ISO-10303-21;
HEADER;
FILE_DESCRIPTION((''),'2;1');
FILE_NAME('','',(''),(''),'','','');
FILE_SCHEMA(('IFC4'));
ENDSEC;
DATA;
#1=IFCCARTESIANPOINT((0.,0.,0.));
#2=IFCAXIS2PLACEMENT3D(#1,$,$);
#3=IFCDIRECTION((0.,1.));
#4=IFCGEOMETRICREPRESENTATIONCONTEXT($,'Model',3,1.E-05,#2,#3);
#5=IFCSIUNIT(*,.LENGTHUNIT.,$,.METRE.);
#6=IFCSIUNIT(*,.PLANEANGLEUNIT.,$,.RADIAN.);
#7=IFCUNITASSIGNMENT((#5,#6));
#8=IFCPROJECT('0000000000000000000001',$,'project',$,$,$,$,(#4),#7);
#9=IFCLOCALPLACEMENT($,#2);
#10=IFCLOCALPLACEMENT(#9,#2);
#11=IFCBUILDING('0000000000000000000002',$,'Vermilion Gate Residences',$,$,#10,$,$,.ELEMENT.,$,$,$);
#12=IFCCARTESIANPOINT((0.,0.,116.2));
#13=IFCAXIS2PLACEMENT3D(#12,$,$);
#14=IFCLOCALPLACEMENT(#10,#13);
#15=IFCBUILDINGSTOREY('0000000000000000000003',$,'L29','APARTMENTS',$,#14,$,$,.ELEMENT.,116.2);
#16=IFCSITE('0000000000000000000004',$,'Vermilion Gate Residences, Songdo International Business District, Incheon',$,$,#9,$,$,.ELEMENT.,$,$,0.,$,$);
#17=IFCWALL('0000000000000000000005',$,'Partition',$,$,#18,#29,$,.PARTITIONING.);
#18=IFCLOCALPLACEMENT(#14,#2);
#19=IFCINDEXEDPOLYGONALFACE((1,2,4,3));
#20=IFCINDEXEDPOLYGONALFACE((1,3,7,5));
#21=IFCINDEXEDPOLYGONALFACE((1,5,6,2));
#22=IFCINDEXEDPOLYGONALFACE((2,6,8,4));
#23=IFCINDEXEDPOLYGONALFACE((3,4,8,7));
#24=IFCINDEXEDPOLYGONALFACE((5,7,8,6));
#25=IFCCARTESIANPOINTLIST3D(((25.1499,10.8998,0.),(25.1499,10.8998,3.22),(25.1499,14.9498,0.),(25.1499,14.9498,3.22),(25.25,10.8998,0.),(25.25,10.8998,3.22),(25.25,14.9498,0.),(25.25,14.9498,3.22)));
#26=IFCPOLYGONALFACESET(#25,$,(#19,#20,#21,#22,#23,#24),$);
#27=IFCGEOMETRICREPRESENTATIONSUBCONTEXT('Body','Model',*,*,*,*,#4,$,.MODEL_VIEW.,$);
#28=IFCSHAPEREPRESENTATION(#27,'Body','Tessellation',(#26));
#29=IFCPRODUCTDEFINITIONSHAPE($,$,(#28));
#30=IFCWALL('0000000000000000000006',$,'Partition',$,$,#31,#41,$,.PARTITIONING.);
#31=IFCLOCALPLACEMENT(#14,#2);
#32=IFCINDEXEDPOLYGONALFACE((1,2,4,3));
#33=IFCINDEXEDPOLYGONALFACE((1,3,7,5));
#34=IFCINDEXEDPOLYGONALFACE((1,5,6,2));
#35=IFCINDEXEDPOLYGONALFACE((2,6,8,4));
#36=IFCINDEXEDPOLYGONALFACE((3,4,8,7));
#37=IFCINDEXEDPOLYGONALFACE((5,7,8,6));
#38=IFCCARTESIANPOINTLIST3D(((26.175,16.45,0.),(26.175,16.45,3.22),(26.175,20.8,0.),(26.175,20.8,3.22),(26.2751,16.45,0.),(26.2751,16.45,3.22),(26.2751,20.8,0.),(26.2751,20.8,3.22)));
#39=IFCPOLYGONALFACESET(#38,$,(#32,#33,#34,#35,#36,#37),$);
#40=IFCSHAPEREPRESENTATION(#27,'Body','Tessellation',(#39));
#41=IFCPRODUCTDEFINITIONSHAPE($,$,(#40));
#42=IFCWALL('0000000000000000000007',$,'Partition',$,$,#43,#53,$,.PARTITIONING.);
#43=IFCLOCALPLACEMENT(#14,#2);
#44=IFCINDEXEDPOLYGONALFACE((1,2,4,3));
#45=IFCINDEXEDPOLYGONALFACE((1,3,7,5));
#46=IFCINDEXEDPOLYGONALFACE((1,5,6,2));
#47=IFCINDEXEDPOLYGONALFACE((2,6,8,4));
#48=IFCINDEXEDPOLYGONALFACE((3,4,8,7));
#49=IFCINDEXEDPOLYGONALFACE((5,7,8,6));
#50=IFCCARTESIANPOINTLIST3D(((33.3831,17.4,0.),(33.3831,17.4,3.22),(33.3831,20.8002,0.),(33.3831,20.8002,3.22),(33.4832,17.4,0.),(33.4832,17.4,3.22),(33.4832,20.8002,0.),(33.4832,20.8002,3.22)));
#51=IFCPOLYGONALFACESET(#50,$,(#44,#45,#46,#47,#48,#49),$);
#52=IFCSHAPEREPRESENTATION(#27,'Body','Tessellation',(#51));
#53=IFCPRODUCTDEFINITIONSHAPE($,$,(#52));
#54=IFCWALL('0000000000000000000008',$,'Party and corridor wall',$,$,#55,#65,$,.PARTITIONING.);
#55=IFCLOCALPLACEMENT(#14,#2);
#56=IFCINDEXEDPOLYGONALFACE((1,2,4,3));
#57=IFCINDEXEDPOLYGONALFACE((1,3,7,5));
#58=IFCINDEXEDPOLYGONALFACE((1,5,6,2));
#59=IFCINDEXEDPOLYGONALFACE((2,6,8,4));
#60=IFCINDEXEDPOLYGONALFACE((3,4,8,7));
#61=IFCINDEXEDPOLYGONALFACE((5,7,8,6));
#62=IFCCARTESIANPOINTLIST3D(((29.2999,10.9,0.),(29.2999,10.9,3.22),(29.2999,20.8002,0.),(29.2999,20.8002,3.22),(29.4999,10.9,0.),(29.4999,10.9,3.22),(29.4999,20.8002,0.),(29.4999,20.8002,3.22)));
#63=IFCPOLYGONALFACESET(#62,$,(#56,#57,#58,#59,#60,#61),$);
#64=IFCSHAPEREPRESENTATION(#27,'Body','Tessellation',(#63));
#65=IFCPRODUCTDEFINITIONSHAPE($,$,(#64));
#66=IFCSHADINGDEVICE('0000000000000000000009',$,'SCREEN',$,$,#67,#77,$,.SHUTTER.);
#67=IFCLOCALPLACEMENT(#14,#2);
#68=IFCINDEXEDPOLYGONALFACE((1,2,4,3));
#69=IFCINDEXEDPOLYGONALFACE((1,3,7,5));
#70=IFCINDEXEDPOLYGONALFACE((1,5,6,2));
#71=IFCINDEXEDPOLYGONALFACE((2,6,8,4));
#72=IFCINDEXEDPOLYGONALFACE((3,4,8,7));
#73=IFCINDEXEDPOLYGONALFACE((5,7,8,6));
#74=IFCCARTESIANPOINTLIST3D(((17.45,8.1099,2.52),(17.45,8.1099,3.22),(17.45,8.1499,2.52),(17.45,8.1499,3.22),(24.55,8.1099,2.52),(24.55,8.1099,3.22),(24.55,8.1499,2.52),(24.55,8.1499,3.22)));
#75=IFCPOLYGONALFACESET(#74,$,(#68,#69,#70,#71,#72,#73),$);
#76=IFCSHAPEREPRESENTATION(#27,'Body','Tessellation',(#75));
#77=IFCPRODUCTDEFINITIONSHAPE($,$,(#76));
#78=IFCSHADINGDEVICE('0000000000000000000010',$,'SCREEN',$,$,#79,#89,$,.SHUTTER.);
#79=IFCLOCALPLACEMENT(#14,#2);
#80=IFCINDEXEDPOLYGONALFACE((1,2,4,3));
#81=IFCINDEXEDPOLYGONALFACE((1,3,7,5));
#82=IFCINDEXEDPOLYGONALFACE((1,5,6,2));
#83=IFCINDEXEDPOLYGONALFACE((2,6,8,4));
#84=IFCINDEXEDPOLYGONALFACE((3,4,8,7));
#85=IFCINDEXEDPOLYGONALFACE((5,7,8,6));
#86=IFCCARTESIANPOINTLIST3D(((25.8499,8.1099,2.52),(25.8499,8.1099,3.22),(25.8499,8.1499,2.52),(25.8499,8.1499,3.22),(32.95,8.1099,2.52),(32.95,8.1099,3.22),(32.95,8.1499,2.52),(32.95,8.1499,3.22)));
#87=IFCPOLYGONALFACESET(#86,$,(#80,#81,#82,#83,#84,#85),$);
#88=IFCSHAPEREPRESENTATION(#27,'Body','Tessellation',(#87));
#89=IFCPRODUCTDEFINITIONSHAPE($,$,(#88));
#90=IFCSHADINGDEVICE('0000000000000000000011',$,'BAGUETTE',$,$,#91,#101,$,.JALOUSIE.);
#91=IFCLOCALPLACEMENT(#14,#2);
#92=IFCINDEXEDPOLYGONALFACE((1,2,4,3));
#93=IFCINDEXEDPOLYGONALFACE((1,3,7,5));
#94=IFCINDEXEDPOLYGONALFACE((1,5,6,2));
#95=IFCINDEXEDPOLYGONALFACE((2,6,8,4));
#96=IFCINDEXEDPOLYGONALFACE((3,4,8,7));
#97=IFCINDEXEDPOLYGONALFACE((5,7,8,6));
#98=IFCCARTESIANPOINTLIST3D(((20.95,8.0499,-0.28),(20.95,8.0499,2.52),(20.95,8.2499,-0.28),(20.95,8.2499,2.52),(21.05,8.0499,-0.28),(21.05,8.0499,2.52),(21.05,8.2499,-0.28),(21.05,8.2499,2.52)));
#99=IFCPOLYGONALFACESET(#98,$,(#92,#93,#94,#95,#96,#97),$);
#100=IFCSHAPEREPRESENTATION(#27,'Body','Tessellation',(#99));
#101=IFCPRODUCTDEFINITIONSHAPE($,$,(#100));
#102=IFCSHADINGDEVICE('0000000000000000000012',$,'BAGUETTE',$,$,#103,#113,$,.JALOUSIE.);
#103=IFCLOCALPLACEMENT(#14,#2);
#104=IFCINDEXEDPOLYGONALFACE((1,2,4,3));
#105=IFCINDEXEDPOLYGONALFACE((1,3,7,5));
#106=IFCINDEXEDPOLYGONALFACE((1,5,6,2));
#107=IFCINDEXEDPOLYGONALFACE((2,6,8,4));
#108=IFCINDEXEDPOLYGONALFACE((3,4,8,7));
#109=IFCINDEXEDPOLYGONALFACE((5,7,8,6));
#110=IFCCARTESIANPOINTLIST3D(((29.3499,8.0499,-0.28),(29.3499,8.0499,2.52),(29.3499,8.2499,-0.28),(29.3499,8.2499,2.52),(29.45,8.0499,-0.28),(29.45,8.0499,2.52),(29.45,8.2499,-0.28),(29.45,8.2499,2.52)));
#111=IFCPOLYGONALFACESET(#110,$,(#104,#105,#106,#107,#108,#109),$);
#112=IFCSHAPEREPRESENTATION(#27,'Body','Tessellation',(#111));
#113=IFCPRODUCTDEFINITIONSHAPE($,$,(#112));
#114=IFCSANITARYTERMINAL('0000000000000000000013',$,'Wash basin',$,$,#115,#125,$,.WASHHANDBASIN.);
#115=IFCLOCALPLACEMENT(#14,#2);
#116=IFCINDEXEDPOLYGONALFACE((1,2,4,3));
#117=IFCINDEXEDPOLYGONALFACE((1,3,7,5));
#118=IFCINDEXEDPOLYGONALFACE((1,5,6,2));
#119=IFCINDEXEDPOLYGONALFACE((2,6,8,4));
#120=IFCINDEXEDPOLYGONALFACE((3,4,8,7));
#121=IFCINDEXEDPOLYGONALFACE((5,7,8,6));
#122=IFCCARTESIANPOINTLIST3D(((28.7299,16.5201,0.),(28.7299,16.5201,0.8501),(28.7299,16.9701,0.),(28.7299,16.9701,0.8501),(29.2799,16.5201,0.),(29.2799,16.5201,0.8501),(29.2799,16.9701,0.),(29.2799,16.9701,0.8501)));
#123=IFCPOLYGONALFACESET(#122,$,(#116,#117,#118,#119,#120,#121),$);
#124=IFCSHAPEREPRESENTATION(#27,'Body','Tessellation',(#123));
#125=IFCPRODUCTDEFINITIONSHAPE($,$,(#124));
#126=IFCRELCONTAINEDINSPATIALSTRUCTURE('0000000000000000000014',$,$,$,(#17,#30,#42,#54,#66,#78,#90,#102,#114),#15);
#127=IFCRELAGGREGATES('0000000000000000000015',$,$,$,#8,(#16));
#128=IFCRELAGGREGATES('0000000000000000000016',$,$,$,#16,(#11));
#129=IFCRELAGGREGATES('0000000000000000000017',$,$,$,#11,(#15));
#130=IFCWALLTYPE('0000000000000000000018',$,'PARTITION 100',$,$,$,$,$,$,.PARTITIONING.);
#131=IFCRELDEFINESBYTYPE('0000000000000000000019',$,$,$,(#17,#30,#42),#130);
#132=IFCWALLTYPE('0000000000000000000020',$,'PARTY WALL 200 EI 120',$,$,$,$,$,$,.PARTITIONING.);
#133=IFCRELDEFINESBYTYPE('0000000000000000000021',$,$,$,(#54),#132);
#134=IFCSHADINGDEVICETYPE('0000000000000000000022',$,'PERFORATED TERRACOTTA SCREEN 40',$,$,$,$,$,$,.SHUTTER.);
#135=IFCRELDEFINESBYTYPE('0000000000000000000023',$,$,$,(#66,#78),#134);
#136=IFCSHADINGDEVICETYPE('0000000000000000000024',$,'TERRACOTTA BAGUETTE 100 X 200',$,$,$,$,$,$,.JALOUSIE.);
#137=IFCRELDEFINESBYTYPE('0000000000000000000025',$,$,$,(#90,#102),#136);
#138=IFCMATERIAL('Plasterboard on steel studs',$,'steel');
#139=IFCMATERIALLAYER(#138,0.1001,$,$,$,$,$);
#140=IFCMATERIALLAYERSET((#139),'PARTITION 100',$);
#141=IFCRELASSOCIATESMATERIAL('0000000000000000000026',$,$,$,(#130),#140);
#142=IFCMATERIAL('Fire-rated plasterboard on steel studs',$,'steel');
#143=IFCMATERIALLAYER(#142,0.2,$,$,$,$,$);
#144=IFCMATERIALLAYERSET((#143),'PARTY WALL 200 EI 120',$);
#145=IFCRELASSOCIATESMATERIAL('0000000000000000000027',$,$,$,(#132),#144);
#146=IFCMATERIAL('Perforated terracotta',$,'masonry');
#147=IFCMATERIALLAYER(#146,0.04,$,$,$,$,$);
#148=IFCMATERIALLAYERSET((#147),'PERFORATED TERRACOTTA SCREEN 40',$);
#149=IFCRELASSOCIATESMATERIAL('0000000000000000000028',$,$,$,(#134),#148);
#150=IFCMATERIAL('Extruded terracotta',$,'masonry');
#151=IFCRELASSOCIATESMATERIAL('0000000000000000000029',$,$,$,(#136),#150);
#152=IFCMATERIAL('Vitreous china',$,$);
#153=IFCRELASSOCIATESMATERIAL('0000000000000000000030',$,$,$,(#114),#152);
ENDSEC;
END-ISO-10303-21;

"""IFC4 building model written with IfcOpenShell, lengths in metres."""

from ifc_helpers import new_model, si_unit, direction, frame, frame_2d, origin, origin_2d, place, context, subcontext, project, spatial, rectangle, extrude, material, layer, layer_set, material_profile, profile_set, type_object, element, save


model = new_model("IFC4")

# Units and contexts
model_context = context("Model", 3, precision=1e-05, world=origin(), true_north=direction((0.0, 1.0)))
body_context = subcontext(model_context, "Body", "Model", "MODEL_VIEW")
ifc_project = project(units=[si_unit("LENGTHUNIT", "METRE"), si_unit("PLANEANGLEUNIT", "RADIAN")], contexts=[model_context])

# Site, building, storey
site_placement = place(None, origin())
site = spatial("IfcSite", under=ifc_project, at=site_placement, Name="Vermilion Gate Residences, Songdo International Business District, Incheon", CompositionType="ELEMENT", RefElevation=0.0)
building_placement = place(site_placement, origin())
building = spatial("IfcBuilding", under=site, at=building_placement, Name="Vermilion Gate Residences", CompositionType="ELEMENT")
storey_placement = place(building_placement, frame((0.0, 0.0, 116.2)))
storey = spatial("IfcBuildingStorey", under=building, at=storey_placement, Name="L29", Description="APARTMENTS", CompositionType="ELEMENT", Elevation=116.2)

# Shared definitions
ifc_material_1 = material(Name="Plasterboard on steel studs", Category="steel")
ifc_layer_1 = layer(ifc_material_1, 0.1001)
ifc_layer_set_1 = layer_set([ifc_layer_1], Name="PARTITION 100")
wall_type_1 = type_object("IfcWallType", Name="PARTITION 100", PredefinedType="PARTITIONING", material=ifc_layer_set_1)

# Walls
wall_1_placement = place(storey_placement, frame((25.2, 10.8999, 0.0), z_axis=(0.0, 0.0, 1.0), x_axis=(0.0, 1.0, 0.0)))
element("IfcWall", 1, at=wall_1_placement, inside=storey, type_object=wall_type_1, Name="Partition", PredefinedType="PARTITIONING", context=body_context, shape_type="SweptSolid", body=[
    extrude(rectangle(XDim=4.05, YDim=0.1001, at=frame_2d((2.0249, 0.0))), origin(), (0.0, 0.0, 1.0), 3.22),
])
wall_2_placement = place(storey_placement, frame((26.2251, 16.45, 0.0), z_axis=(0.0, 0.0, 1.0), x_axis=(0.0, 1.0, 0.0)))
element("IfcWall", 2, at=wall_2_placement, inside=storey, type_object=wall_type_1, Name="Partition", PredefinedType="PARTITIONING", context=body_context, shape_type="SweptSolid", body=[
    extrude(rectangle(XDim=4.3501, YDim=0.1001, at=frame_2d((2.175, 0.0))), origin(), (0.0, 0.0, 1.0), 3.22),
])
wall_3_placement = place(storey_placement, frame((33.4331, 17.3999, 0.0), z_axis=(0.0, 0.0, 1.0), x_axis=(0.0, 1.0, 0.0)))
element("IfcWall", 3, at=wall_3_placement, inside=storey, type_object=wall_type_1, Name="Partition", PredefinedType="PARTITIONING", context=body_context, shape_type="SweptSolid", body=[
    extrude(rectangle(XDim=3.4001, YDim=0.1001, at=frame_2d((1.7002, 0.0))), origin(), (0.0, 0.0, 1.0), 3.22),
])
ifc_material_2 = material(Name="Fire-rated plasterboard on steel studs", Category="steel")
ifc_layer_2 = layer(ifc_material_2, 0.2)
ifc_layer_set_2 = layer_set([ifc_layer_2], Name="PARTY WALL 200 EI 120")
wall_type_2 = type_object("IfcWallType", Name="PARTY WALL 200 EI 120", PredefinedType="PARTITIONING", material=ifc_layer_set_2)
wall_4_placement = place(storey_placement, frame((29.3999, 10.8999, 0.0), z_axis=(0.0, 0.0, 1.0), x_axis=(0.0, 1.0, 0.0)))
element("IfcWall", 4, at=wall_4_placement, inside=storey, type_object=wall_type_2, Name="Party and corridor wall", PredefinedType="PARTITIONING", context=body_context, shape_type="SweptSolid", body=[
    extrude(rectangle(XDim=9.9001, YDim=0.2, at=frame_2d((4.9502, 0.0))), origin(), (0.0, 0.0, 1.0), 3.22),
])

# Shading devices
ifc_material_3 = material(Name="Perforated terracotta", Category="masonry")
ifc_layer_3 = layer(ifc_material_3, 0.04)
ifc_layer_set_3 = layer_set([ifc_layer_3], Name="PERFORATED TERRACOTTA SCREEN 40")
shading_device_type_1 = type_object("IfcShadingDeviceType", Name="PERFORATED TERRACOTTA SCREEN 40", PredefinedType="SHUTTER", material=ifc_layer_set_3)
for number, where, z_axis, x_axis, name in (
    (5, (21.0, 8.1299, 2.52), (0.0, 0.0, 1.0), (1.0, 0.0, 0.0), "SCREEN"),
    (6, (29.3999, 8.1299, 2.52), (0.0, 0.0, 1.0), (1.0, 0.0, 0.0), "SCREEN"),
):
    element("IfcShadingDevice", number, at=place(storey_placement, frame(where, z_axis=z_axis, x_axis=x_axis)), inside=storey, type_object=shading_device_type_1, Name=name, PredefinedType="SHUTTER", context=body_context, shape_type="SweptSolid", body=[
        extrude(rectangle(XDim=7.1001, YDim=0.04, at=origin_2d()), origin(), (0.0, 0.0, 1.0), 0.7),
    ])
ifc_material_4 = material(Name="Extruded terracotta", Category="masonry")
ifc_material_profile_1 = material_profile(ifc_material_4, rectangle(XDim=0.2, YDim=0.1001, at=origin_2d()), Name="BAGUETTE 100 X 200")
ifc_profile_set_1 = profile_set([ifc_material_profile_1], Name="Extruded terracotta")
shading_device_type_2 = type_object("IfcShadingDeviceType", Name="TERRACOTTA BAGUETTE 100 X 200", PredefinedType="JALOUSIE", material=ifc_profile_set_1)
for number, where, z_axis, x_axis, name in (
    (7, (21.0, 8.1499, -0.28), (0.0, 0.0, 1.0), (0.0, 1.0, 0.0), "BAGUETTE"),
    (8, (29.3999, 8.1499, -0.28), (0.0, 0.0, 1.0), (0.0, 1.0, 0.0), "BAGUETTE"),
):
    element("IfcShadingDevice", number, at=place(storey_placement, frame(where, z_axis=z_axis, x_axis=x_axis)), inside=storey, type_object=shading_device_type_2, Name=name, PredefinedType="JALOUSIE", context=body_context, shape_type="SweptSolid", body=[
        extrude(rectangle(XDim=0.2, YDim=0.1001, at=origin_2d()), origin(), (0.0, 0.0, 1.0), 2.8),
    ])

# Sanitary terminal
ifc_material_5 = material(Name="Vitreous china")
sanitary_terminal_placement = place(storey_placement, frame((29.0049, 16.7451, 0.0), z_axis=(0.0, 0.0, 1.0), x_axis=(1.0, 0.0, 0.0)))
element("IfcSanitaryTerminal", 9, at=sanitary_terminal_placement, inside=storey, material=ifc_material_5, Name="Wash basin", PredefinedType="WASHHANDBASIN", context=body_context, shape_type="SweptSolid", body=[
    extrude(rectangle(XDim=0.55, YDim=0.45, at=origin_2d()), origin(), (0.0, 0.0, 1.0), 0.8501),
])

save(model, "model.ifc")
